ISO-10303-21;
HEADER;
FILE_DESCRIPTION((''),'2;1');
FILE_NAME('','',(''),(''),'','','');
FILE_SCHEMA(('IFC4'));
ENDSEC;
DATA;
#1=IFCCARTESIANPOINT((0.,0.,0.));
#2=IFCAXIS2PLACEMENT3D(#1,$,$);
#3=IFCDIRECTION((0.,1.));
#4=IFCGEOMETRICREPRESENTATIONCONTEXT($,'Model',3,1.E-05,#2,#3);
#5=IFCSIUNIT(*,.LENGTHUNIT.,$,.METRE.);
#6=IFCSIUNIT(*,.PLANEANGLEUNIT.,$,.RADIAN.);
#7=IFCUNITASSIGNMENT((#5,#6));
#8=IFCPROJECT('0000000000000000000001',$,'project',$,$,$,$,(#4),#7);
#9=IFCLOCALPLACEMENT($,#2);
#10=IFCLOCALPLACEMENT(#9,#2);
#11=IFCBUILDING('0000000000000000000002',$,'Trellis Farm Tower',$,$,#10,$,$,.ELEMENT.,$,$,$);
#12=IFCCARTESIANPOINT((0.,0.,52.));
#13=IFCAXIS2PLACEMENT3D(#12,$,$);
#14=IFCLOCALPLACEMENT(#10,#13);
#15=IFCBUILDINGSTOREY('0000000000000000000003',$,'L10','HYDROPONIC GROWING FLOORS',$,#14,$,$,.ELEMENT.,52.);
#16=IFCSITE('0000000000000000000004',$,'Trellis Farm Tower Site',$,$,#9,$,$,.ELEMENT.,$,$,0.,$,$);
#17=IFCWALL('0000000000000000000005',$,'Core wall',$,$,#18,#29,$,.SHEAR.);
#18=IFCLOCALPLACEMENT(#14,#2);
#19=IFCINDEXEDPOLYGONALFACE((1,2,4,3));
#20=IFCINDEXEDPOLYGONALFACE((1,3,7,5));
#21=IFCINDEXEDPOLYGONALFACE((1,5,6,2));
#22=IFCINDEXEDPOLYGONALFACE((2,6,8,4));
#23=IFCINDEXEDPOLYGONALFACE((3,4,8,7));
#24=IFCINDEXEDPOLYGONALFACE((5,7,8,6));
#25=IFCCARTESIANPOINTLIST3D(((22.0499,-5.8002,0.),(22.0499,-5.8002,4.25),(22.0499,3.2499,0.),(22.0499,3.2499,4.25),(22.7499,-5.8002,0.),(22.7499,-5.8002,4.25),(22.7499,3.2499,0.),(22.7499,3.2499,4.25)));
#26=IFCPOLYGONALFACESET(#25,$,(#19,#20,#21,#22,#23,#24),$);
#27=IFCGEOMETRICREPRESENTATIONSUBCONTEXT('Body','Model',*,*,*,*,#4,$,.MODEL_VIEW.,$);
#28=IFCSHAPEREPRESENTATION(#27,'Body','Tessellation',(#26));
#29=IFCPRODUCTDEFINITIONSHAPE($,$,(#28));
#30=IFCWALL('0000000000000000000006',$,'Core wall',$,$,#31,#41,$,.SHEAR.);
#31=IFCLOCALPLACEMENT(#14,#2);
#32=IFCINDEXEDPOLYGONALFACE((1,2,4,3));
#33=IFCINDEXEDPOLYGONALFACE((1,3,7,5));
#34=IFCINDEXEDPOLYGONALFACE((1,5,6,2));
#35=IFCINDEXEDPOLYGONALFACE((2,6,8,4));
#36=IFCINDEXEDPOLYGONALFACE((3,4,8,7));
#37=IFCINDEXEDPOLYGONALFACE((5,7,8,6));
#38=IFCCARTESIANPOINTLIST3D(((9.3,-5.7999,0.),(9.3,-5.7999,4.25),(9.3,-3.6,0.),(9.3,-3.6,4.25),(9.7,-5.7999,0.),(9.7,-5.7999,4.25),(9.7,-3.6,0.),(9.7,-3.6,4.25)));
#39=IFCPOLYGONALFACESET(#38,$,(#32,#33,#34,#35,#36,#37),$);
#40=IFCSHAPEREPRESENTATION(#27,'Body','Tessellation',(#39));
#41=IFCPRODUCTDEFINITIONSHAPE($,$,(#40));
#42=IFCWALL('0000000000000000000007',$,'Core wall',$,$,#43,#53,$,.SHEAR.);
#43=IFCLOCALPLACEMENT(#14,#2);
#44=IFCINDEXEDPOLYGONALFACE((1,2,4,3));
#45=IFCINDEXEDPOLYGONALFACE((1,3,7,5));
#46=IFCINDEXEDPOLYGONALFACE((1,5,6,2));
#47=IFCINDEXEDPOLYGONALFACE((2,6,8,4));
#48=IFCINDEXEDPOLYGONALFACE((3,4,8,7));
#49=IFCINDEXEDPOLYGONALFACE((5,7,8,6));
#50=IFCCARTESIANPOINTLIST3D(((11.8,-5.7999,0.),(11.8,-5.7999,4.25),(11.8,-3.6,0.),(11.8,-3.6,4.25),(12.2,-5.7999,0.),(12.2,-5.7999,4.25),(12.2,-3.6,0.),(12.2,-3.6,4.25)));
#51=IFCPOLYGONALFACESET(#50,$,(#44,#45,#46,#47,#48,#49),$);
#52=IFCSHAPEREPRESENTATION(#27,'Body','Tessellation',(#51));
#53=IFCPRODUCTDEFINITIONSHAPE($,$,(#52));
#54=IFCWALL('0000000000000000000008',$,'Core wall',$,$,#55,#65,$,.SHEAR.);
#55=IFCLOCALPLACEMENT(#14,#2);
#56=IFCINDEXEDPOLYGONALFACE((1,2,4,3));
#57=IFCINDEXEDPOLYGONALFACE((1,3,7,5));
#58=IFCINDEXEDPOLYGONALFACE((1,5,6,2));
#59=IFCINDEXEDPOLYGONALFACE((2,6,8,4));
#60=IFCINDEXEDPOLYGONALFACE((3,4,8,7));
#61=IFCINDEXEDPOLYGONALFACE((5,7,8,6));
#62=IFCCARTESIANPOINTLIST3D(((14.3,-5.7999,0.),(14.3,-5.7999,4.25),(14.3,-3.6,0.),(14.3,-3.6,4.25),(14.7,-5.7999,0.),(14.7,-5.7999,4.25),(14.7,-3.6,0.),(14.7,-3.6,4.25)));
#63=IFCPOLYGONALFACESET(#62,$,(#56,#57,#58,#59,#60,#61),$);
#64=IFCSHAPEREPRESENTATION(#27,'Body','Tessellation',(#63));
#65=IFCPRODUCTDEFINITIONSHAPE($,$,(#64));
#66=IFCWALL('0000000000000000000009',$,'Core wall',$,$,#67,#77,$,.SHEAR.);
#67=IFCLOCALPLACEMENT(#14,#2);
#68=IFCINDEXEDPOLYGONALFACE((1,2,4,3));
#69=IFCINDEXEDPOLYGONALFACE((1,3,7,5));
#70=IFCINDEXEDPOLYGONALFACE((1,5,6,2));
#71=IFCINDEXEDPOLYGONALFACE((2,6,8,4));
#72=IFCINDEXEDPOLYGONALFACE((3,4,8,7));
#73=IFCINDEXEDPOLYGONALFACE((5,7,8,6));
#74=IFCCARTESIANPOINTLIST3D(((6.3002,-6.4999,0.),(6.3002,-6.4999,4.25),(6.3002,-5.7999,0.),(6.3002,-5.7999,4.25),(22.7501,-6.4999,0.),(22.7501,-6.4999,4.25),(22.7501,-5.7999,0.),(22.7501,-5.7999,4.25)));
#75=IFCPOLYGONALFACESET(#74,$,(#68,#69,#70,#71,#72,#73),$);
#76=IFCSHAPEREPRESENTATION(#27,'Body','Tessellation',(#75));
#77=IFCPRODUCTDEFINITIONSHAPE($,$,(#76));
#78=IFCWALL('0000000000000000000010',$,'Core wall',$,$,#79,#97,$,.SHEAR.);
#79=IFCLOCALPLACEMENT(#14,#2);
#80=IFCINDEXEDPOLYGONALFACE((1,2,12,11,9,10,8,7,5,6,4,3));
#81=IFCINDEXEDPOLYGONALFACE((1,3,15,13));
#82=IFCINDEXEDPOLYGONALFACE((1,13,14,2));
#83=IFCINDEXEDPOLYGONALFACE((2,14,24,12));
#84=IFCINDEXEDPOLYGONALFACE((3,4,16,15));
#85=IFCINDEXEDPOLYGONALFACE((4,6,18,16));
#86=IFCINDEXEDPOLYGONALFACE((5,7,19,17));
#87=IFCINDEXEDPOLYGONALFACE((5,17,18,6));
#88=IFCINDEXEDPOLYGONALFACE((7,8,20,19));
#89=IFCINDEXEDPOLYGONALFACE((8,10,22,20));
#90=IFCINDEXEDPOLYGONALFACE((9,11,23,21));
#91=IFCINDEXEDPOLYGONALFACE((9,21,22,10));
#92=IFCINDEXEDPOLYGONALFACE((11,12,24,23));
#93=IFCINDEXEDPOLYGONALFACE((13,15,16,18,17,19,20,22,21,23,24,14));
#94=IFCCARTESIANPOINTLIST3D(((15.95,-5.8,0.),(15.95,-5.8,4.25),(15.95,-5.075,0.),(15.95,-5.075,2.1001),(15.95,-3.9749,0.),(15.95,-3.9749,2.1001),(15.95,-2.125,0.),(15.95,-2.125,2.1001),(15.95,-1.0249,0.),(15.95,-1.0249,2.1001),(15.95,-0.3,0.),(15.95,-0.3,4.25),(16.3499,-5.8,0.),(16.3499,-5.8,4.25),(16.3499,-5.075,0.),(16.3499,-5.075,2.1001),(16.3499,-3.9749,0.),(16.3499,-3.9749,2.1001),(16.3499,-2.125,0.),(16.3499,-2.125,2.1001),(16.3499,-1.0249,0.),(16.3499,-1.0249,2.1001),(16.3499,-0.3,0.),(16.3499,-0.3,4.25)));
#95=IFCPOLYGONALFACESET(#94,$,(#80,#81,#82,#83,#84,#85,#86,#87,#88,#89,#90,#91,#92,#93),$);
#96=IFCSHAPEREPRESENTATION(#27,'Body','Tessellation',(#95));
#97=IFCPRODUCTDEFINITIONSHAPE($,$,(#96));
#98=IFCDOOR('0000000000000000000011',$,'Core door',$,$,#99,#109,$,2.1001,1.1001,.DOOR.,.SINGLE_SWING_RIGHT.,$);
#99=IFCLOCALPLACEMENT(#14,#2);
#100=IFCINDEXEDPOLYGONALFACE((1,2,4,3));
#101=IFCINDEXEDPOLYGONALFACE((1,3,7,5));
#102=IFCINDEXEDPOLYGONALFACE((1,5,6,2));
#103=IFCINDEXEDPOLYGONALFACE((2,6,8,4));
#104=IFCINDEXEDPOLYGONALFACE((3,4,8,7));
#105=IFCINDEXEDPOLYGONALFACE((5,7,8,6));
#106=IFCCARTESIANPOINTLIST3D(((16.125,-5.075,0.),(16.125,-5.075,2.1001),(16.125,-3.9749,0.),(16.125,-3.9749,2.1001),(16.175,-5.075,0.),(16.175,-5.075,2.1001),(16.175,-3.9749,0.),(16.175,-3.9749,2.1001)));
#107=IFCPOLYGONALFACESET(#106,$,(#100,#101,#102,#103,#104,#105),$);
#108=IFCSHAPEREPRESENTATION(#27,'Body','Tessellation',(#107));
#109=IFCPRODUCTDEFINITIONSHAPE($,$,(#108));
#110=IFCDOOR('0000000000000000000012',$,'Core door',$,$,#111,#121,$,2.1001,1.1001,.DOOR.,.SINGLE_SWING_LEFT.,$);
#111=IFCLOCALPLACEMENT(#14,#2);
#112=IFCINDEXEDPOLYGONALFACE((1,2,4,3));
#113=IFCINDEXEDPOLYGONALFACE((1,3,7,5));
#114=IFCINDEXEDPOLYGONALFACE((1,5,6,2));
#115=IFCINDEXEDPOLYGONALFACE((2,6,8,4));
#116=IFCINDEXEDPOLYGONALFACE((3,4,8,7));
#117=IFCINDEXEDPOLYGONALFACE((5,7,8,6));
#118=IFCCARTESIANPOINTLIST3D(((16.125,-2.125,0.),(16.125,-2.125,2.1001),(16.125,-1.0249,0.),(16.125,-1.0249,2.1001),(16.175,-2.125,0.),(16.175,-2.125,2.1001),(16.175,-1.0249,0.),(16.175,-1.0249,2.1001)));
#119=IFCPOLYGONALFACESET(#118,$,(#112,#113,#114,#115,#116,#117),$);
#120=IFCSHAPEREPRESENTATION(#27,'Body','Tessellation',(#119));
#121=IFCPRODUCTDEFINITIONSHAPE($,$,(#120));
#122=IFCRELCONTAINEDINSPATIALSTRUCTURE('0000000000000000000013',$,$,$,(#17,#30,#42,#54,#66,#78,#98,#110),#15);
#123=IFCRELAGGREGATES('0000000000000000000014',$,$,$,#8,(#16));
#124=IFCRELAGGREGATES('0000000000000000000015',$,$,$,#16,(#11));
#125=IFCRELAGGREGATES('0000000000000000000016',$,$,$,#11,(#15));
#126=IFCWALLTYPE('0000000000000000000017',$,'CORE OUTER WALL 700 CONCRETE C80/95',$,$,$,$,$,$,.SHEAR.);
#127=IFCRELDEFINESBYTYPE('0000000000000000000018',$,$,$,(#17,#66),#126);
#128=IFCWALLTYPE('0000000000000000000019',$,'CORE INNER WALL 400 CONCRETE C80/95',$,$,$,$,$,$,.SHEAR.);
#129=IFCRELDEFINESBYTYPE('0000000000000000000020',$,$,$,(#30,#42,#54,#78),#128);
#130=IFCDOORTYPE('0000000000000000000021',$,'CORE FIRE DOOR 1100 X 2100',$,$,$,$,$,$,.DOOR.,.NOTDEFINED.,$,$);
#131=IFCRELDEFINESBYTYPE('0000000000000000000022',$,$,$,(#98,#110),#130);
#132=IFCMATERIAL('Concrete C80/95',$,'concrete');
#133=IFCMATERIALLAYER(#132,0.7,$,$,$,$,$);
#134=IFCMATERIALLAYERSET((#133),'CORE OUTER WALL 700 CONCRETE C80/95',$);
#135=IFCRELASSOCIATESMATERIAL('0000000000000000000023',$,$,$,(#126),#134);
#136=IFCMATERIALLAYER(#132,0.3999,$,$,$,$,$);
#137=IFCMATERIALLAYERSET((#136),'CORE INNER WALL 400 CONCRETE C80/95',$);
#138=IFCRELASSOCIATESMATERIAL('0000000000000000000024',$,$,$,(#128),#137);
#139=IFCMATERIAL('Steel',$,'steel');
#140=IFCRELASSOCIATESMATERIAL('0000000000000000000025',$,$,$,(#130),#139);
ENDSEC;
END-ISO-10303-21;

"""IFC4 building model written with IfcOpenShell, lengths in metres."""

from ifc_helpers import new_model, si_unit, direction, frame, frame_2d, origin, place, context, subcontext, project, spatial, rectangle, extrude, source, transform, mapped, material, layer, layer_set, type_object, element, fill, save


model = new_model("IFC4")

# Units and contexts
model_context = context("Model", 3, precision=1e-05, world=origin(), true_north=direction((0.0, 1.0)))
body_context = subcontext(model_context, "Body", "Model", "MODEL_VIEW")
ifc_project = project(units=[si_unit("LENGTHUNIT", "METRE"), si_unit("PLANEANGLEUNIT", "RADIAN")], contexts=[model_context])

# Site, building, storey
site_placement = place(None, origin())
site = spatial("IfcSite", under=ifc_project, at=site_placement, Name="Trellis Farm Tower Site", CompositionType="ELEMENT", RefElevation=0.0)
building_placement = place(site_placement, origin())
building = spatial("IfcBuilding", under=site, at=building_placement, Name="Trellis Farm Tower", CompositionType="ELEMENT")
storey_placement = place(building_placement, frame((0.0, 0.0, 52.0)))
storey = spatial("IfcBuildingStorey", under=building, at=storey_placement, Name="L10", Description="HYDROPONIC GROWING FLOORS", CompositionType="ELEMENT", Elevation=52.0)

# Shared definitions
ifc_material_1 = material(Name="Concrete C80/95", Category="concrete")

# Shared definitions
ifc_layer_1 = layer(ifc_material_1, 0.7)
ifc_layer_set_1 = layer_set([ifc_layer_1], Name="CORE OUTER WALL 700 CONCRETE C80/95")
wall_type_1 = type_object("IfcWallType", Name="CORE OUTER WALL 700 CONCRETE C80/95", PredefinedType="SHEAR", material=ifc_layer_set_1)
shared_shape_1 = source(origin(), body_context, "Body", "SweptSolid", [
    extrude(rectangle(XDim=9.05, YDim=0.7, at=frame_2d((4.5249, 0.0))), origin(), (0.0, 0.0, 1.0), 4.25),
])
ifc_material_2 = material(Name="Steel", Category="steel")

# Walls
wall_1_placement = place(storey_placement, frame((22.3999, -5.8, 0.0), z_axis=(0.0, 0.0, 1.0), x_axis=(0.0, 1.0, 0.0)))
element("IfcWall", 1, at=wall_1_placement, inside=storey, type_object=wall_type_1, Name="Core wall", PredefinedType="SHEAR", context=body_context, shape_type="MappedRepresentation", body=[
    mapped(shared_shape_1, transform((0.0, 0.0, 0.0))),
])
ifc_layer_2 = layer(ifc_material_1, 0.3999)
ifc_layer_set_2 = layer_set([ifc_layer_2], Name="CORE INNER WALL 400 CONCRETE C80/95")
wall_type_2 = type_object("IfcWallType", Name="CORE INNER WALL 400 CONCRETE C80/95", PredefinedType="SHEAR", material=ifc_layer_set_2)
shared_shape_2 = source(origin(), body_context, "Body", "SweptSolid", [
    extrude(rectangle(XDim=2.2, YDim=0.3999, at=frame_2d((1.1001, 0.0))), origin(), (0.0, 0.0, 1.0), 4.25),
])
for number, where, z_axis, x_axis, name in (
    (2, (9.5, -5.8, 0.0), (0.0, 0.0, 1.0), (0.0, 1.0, 0.0), "Core wall"),
    (3, (12.0, -5.8, 0.0), (0.0, 0.0, 1.0), (0.0, 1.0, 0.0), "Core wall"),
    (4, (14.5, -5.8, 0.0), (0.0, 0.0, 1.0), (0.0, 1.0, 0.0), "Core wall"),
):
    element("IfcWall", number, at=place(storey_placement, frame(where, z_axis=z_axis, x_axis=x_axis)), inside=storey, type_object=wall_type_2, Name=name, PredefinedType="SHEAR", context=body_context, shape_type="MappedRepresentation", body=[
        mapped(shared_shape_2, transform((0.0, 0.0, 0.0))),
    ])
shared_shape_3 = source(origin(), body_context, "Body", "SweptSolid", [
    extrude(rectangle(XDim=16.45, YDim=0.7, at=frame_2d((8.2251, 0.0))), origin(), (0.0, 0.0, 1.0), 4.25),
])
wall_2_placement = place(storey_placement, frame((6.3, -6.1499, 0.0), z_axis=(0.0, 0.0, 1.0), x_axis=(1.0, 0.0, 0.0)))
element("IfcWall", 5, at=wall_2_placement, inside=storey, type_object=wall_type_1, Name="Core wall", PredefinedType="SHEAR", context=body_context, shape_type="MappedRepresentation", body=[
    mapped(shared_shape_3, transform((0.0, 0.0, 0.0))),
])

# Wall, openings, doors
shared_shape_4 = source(origin(), body_context, "Body", "SweptSolid", [
    extrude(rectangle(XDim=5.5, YDim=0.3999, at=frame_2d((2.75, 0.0))), origin(), (0.0, 0.0, 1.0), 4.25),
])
wall_3_placement = place(storey_placement, frame((16.1499, -5.8, 0.0), z_axis=(0.0, 0.0, 1.0), x_axis=(0.0, 1.0, 0.0)))
wall_3 = element("IfcWall", 6, at=wall_3_placement, inside=storey, type_object=wall_type_2, Name="Core wall", PredefinedType="SHEAR", context=body_context, shape_type="MappedRepresentation", body=[
    mapped(shared_shape_4, transform((0.0, 0.0, 0.0))),
])
shared_shape_5 = source(origin(), body_context, "Body", "SweptSolid", [
    extrude(rectangle(XDim=1.1001, YDim=2.1001, at=frame_2d((0.55, 1.05))), frame((0.0, 0.21, 0.0), z_axis=(0.0, -1.0, 0.0), x_axis=(1.0, 0.0, 0.0)), (0.0, 0.0, 1.0), 0.4199),
])
opening_1_placement = place(wall_3_placement, frame((0.7251, 0.0, 0.0)))
opening_1 = element("IfcOpeningElement", 7, at=opening_1_placement, cuts=wall_3, PredefinedType="OPENING", context=body_context, shape_type="MappedRepresentation", body=[
    mapped(shared_shape_5, transform((0.0, 0.0, 0.0))),
])
opening_2_placement = place(wall_3_placement, frame((3.675, 0.0, 0.0)))
opening_2 = element("IfcOpeningElement", 8, at=opening_2_placement, cuts=wall_3, PredefinedType="OPENING", context=body_context, shape_type="MappedRepresentation", body=[
    mapped(shared_shape_5, transform((0.0, 0.0, 0.0))),
])
door_type_1 = type_object("IfcDoorType", Name="CORE FIRE DOOR 1100 X 2100", OperationType="NOTDEFINED", PredefinedType="DOOR", material=ifc_material_2)
shared_shape_6 = source(origin(), body_context, "Body", "SweptSolid", [
    extrude(rectangle(XDim=1.1001, YDim=2.1001, at=frame_2d((0.55, 1.05))), frame((0.0, 0.0249, 0.0), z_axis=(0.0, -1.0, 0.0), x_axis=(1.0, 0.0, 0.0)), (0.0, 0.0, 1.0), 0.05),
])
door_1_placement = place(opening_1_placement, origin())
door_1 = element("IfcDoor", 9, at=door_1_placement, inside=storey, type_object=door_type_1, Name="Core door", OperationType="SINGLE_SWING_RIGHT", OverallHeight=2.1001, OverallWidth=1.1001, PredefinedType="DOOR", context=body_context, shape_type="MappedRepresentation", body=[
    mapped(shared_shape_6, transform((0.0, 0.0, 0.0))),
])
fill(opening_1, door_1)
door_2_placement = place(opening_2_placement, origin())
door_2 = element("IfcDoor", 10, at=door_2_placement, inside=storey, type_object=door_type_1, Name="Core door", OperationType="SINGLE_SWING_LEFT", OverallHeight=2.1001, OverallWidth=1.1001, PredefinedType="DOOR", context=body_context, shape_type="MappedRepresentation", body=[
    mapped(shared_shape_6, transform((0.0, 0.0, 0.0))),
])
fill(opening_2, door_2)

save(model, "model.ifc")
